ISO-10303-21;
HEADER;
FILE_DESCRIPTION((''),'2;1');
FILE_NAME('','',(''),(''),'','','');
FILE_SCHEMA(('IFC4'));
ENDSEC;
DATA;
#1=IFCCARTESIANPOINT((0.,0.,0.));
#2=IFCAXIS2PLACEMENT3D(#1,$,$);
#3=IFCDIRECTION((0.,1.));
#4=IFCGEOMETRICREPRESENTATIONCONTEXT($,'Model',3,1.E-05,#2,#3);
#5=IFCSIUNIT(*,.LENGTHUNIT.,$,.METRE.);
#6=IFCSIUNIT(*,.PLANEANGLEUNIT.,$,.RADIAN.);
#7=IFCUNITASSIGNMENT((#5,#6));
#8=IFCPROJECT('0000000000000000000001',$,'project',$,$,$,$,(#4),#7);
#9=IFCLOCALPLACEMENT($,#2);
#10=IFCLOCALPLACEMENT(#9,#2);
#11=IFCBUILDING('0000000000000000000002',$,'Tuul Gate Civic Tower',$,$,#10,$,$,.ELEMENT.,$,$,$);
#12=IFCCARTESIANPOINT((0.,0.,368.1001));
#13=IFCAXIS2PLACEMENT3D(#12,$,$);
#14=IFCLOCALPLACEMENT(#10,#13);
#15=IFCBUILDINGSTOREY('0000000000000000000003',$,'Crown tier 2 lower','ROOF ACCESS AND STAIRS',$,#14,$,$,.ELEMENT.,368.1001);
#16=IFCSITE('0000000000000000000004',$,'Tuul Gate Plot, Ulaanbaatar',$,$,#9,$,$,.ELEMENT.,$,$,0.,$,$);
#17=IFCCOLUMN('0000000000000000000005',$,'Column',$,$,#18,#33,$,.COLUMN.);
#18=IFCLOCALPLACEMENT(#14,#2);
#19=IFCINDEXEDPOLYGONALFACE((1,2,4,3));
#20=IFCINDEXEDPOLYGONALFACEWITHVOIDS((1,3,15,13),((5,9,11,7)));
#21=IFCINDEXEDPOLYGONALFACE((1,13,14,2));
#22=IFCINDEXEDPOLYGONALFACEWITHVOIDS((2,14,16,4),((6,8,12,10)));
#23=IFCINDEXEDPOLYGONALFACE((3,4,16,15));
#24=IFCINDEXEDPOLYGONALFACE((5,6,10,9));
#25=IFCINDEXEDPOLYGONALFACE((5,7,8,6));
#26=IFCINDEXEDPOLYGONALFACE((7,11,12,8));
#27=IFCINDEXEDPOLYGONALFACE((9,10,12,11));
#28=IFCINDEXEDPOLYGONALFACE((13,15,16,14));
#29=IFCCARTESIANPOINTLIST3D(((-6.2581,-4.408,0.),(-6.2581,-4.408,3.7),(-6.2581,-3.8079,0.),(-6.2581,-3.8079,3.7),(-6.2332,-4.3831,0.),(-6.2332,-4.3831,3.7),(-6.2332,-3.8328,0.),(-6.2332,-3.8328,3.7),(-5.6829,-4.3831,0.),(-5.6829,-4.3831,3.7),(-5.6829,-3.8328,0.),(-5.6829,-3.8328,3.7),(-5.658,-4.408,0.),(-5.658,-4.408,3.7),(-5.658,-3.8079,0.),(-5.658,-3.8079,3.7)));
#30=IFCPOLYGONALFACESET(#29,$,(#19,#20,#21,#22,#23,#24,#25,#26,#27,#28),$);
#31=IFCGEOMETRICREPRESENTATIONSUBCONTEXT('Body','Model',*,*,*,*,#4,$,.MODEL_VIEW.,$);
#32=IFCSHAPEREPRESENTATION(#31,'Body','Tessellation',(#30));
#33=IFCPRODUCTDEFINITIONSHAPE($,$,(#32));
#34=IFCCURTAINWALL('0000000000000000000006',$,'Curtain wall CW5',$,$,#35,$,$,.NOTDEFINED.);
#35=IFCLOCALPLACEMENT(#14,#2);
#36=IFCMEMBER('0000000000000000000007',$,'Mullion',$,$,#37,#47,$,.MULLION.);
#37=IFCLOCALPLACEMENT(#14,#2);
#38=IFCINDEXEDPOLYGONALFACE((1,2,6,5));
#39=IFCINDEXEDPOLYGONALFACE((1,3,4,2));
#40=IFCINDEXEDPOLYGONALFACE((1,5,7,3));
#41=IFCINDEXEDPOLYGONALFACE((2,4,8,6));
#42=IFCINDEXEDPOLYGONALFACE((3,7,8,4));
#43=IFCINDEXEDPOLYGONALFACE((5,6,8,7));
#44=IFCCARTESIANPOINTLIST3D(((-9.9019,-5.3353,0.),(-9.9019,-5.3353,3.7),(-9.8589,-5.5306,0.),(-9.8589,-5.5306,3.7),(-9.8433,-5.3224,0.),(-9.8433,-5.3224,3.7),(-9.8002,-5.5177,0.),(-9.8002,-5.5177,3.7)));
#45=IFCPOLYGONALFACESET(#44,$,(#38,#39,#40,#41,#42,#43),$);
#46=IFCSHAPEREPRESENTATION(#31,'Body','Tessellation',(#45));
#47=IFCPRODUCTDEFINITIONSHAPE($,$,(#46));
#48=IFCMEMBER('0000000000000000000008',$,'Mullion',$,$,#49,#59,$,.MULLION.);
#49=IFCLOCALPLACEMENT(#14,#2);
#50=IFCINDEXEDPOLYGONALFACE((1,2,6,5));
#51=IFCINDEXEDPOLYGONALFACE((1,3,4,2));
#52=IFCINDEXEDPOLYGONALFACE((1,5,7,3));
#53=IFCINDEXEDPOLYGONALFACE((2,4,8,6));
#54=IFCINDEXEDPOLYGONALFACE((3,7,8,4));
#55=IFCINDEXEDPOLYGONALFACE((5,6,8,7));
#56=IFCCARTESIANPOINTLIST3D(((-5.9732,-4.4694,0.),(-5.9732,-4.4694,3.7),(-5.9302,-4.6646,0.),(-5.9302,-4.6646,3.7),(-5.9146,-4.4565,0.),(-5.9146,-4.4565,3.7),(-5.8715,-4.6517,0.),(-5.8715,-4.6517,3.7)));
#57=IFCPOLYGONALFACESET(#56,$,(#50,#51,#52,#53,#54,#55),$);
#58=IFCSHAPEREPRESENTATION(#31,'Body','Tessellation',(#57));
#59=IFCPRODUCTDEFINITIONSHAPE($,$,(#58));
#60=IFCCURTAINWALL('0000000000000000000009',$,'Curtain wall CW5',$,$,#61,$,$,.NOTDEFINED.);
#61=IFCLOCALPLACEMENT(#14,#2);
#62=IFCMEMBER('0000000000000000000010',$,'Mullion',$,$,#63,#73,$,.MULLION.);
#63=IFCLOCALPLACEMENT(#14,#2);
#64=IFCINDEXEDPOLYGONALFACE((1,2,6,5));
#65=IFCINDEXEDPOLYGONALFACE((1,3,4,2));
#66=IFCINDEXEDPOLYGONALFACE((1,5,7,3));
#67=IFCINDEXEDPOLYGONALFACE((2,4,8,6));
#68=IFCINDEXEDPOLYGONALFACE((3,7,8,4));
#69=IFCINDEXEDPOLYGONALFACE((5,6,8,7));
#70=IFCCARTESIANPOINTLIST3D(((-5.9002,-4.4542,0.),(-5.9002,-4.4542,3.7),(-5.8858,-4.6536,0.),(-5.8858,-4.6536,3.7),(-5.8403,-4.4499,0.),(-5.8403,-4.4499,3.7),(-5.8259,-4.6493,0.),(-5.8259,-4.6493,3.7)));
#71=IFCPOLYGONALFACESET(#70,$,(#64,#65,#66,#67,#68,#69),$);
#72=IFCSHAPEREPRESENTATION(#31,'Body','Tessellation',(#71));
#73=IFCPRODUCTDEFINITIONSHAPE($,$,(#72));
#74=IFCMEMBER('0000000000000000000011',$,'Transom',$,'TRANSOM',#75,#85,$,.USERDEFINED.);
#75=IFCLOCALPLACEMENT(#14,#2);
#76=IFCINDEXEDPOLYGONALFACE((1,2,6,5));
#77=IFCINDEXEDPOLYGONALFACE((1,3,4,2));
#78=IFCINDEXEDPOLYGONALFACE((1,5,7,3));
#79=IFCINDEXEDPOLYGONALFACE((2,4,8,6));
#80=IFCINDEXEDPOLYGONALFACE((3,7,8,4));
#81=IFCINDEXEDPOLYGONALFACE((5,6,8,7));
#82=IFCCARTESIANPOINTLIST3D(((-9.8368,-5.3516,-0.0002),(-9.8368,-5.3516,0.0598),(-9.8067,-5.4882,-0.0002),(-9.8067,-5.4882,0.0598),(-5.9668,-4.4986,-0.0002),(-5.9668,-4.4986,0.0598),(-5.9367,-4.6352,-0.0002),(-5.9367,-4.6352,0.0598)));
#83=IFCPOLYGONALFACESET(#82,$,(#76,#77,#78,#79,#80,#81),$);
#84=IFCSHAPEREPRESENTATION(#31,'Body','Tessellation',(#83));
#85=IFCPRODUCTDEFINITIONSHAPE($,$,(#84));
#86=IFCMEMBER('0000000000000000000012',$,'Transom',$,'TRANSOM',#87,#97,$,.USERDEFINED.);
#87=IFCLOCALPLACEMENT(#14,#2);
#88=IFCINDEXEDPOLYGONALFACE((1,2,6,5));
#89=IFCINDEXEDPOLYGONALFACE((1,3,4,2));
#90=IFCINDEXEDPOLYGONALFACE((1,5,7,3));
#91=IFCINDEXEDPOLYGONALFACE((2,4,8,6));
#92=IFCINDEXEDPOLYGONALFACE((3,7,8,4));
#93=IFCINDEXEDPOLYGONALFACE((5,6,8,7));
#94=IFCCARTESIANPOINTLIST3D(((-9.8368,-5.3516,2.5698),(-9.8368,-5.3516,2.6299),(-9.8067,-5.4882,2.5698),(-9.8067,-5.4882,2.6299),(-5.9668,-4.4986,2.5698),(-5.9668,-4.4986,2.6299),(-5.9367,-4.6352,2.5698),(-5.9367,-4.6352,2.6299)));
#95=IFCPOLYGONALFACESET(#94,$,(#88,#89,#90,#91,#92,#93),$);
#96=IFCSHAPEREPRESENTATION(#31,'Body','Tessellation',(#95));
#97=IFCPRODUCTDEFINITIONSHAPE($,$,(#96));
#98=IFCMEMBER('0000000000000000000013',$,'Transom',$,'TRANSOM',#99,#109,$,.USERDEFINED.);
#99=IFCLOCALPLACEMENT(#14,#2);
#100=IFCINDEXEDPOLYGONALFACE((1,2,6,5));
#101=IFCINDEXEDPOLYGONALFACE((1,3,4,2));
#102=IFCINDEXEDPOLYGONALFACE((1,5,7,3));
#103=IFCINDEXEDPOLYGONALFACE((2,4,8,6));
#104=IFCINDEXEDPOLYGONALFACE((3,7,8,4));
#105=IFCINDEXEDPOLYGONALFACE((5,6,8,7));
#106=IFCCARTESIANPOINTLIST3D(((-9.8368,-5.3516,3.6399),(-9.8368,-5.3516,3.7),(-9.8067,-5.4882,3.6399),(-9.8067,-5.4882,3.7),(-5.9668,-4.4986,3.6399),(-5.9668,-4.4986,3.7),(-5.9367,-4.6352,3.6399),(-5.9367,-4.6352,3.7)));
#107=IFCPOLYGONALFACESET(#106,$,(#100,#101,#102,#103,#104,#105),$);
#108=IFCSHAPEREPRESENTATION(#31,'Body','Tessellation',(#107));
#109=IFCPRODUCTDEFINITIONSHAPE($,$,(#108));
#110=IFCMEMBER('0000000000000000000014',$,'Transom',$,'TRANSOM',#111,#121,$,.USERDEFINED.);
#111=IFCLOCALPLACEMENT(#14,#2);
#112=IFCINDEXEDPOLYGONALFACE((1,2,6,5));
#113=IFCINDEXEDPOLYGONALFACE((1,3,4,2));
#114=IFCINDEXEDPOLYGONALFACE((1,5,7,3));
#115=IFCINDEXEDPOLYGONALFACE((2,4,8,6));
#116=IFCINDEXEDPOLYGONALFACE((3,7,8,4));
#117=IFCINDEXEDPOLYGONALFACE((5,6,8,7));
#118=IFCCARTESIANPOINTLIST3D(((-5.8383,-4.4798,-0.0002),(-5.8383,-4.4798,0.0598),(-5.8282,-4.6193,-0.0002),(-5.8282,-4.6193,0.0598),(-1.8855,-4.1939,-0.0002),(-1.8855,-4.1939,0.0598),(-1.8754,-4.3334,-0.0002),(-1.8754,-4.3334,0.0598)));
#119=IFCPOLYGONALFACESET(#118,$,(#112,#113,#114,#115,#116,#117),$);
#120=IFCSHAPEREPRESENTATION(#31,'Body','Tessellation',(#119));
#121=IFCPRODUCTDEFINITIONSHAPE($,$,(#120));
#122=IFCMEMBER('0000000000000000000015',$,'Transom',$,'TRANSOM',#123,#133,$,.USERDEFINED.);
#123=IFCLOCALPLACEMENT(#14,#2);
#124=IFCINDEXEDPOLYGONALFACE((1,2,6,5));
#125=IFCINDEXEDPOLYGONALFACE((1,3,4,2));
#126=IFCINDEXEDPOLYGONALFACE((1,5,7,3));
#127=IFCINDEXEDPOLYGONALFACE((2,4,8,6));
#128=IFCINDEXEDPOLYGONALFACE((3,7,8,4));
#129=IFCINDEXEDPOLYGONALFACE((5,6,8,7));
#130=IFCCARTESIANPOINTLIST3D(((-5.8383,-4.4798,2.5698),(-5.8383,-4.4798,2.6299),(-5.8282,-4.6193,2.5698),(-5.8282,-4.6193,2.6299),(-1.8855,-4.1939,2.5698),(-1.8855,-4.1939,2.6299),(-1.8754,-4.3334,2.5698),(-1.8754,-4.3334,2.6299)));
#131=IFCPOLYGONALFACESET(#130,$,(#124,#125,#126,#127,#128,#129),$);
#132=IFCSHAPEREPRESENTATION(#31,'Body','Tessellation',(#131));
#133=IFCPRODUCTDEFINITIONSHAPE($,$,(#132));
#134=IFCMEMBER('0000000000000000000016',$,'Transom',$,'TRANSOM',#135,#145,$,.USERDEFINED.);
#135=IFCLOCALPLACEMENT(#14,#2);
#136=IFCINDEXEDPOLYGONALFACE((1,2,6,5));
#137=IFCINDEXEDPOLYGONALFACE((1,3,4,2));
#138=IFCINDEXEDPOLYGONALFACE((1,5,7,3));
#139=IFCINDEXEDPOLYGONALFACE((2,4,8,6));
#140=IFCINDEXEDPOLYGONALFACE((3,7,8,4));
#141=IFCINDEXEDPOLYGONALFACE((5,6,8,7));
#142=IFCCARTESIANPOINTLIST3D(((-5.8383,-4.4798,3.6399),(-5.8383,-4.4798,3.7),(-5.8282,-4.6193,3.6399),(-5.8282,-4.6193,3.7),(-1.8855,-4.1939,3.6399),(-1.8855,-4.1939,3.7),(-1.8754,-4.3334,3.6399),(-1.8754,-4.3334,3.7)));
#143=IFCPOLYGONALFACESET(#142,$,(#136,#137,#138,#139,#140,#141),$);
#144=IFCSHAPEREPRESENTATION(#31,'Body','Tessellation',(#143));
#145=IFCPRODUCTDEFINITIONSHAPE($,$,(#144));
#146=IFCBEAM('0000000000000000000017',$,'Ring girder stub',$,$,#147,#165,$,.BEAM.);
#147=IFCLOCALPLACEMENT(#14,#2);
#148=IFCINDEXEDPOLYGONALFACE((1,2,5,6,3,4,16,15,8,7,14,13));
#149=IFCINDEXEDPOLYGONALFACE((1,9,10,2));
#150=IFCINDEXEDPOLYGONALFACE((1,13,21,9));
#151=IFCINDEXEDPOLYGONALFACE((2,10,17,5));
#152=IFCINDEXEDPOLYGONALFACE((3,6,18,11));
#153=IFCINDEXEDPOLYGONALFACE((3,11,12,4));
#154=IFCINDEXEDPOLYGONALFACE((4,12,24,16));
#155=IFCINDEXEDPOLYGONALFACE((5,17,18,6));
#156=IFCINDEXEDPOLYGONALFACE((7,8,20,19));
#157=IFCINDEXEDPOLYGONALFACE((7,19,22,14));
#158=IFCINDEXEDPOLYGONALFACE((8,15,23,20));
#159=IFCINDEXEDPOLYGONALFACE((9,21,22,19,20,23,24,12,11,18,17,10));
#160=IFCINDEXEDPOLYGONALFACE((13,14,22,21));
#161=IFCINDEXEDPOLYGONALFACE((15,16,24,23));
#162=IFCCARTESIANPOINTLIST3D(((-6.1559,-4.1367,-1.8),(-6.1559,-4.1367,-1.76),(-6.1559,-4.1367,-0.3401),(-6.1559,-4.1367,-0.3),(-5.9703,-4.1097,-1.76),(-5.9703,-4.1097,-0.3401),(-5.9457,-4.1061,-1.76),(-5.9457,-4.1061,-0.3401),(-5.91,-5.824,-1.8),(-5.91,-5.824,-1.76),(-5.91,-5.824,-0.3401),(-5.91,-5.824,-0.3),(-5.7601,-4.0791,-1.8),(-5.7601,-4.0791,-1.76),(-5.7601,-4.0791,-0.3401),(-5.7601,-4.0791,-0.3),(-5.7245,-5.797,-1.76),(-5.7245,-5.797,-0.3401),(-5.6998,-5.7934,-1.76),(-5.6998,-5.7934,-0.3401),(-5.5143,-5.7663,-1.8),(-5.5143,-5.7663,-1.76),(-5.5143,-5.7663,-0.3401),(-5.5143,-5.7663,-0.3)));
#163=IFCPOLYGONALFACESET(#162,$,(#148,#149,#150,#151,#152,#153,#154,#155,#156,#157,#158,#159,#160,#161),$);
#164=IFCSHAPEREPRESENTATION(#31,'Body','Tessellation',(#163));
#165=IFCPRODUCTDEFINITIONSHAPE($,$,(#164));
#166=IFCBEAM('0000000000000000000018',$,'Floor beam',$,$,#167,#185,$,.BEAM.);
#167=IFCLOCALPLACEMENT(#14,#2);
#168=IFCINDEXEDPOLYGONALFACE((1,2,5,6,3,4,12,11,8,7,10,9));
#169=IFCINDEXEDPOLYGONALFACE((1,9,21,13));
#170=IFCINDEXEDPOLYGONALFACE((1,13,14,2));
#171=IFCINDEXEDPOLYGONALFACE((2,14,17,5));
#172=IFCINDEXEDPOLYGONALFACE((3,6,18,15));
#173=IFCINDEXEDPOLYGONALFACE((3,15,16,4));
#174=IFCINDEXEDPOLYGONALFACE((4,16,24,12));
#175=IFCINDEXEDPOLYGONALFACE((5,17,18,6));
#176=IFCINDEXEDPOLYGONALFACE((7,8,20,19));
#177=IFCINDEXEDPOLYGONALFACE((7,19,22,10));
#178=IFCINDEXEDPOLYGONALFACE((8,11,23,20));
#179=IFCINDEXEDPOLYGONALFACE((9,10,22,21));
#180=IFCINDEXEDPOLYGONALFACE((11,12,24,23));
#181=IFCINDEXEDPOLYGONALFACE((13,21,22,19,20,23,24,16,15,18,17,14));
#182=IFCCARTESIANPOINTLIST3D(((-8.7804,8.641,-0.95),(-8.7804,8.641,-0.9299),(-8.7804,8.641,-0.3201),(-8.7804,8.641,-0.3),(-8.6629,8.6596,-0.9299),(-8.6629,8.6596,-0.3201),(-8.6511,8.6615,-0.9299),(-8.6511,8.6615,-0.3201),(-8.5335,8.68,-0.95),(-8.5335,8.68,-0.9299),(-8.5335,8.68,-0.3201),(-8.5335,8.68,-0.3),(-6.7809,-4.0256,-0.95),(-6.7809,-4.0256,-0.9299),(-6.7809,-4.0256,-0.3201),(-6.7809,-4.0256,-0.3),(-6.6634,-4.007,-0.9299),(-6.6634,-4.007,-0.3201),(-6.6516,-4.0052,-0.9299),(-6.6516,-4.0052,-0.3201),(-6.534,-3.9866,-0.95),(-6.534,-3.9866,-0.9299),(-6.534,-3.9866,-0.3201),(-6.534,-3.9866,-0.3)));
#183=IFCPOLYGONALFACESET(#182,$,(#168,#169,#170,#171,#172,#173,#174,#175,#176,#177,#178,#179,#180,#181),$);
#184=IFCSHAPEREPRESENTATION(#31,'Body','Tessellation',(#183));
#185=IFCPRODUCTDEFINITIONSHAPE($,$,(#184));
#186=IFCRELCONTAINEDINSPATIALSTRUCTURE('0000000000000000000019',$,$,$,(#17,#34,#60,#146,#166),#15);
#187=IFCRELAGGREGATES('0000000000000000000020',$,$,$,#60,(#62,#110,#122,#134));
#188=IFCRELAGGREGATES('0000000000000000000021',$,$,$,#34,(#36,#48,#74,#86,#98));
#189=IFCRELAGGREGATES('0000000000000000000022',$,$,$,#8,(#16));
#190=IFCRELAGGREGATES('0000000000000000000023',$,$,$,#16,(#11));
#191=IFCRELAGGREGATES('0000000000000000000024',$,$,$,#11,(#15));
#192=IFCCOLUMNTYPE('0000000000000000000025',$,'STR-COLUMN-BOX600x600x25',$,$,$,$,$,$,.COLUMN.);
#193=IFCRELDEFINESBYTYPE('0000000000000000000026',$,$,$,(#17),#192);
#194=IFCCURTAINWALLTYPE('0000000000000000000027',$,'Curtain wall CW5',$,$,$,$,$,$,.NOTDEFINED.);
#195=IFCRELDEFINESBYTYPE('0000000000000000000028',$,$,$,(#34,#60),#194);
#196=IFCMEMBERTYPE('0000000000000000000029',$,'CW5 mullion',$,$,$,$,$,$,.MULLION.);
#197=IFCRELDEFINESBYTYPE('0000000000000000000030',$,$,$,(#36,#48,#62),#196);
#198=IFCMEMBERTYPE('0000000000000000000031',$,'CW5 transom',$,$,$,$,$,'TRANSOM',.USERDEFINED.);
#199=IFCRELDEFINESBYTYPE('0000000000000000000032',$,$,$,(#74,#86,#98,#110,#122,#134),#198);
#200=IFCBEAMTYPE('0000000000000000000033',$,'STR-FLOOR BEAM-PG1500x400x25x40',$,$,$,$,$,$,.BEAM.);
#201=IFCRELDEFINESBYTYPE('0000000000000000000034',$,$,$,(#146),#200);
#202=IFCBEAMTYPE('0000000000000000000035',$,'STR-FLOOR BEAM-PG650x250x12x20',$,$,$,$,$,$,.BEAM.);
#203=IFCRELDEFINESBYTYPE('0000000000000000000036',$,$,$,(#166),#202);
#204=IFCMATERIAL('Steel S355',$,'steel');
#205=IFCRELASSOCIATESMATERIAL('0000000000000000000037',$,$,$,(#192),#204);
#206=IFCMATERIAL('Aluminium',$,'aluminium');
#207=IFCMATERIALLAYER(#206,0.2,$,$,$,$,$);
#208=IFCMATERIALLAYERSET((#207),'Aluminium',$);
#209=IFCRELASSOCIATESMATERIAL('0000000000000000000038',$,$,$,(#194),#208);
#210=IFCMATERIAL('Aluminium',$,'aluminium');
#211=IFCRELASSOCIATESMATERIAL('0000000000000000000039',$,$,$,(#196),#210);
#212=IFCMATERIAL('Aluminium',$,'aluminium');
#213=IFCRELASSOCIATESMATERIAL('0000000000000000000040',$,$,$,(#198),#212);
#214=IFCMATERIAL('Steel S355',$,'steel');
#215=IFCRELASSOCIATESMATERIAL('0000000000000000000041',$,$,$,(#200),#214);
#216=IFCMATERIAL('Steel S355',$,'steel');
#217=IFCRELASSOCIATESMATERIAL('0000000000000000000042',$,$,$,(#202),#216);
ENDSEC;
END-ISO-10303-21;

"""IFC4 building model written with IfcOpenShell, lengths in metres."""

from ifc_helpers import new_model, si_unit, direction, frame, origin, origin_2d, place, context, subcontext, project, spatial, rectangle, hollow_rectangle, i_section, extrude, material, layer, layer_set, material_profile, profile_set, type_object, element, aggregate, save


model = new_model("IFC4")

# Units and contexts
model_context = context("Model", 3, precision=1e-05, world=origin(), true_north=direction((0.0, 1.0)))
body_context = subcontext(model_context, "Body", "Model", "MODEL_VIEW")
ifc_project = project(units=[si_unit("LENGTHUNIT", "METRE"), si_unit("PLANEANGLEUNIT", "RADIAN")], contexts=[model_context])

# Site, building, storey
site_placement = place(None, origin())
site = spatial("IfcSite", under=ifc_project, at=site_placement, Name="Tuul Gate Plot, Ulaanbaatar", CompositionType="ELEMENT", RefElevation=0.0)
building_placement = place(site_placement, origin())
building = spatial("IfcBuilding", under=site, at=building_placement, Name="Tuul Gate Civic Tower", CompositionType="ELEMENT")
storey_placement = place(building_placement, frame((0.0, 0.0, 368.1001)))
storey = spatial("IfcBuildingStorey", under=building, at=storey_placement, Name="Crown tier 2 lower", Description="ROOF ACCESS AND STAIRS", CompositionType="ELEMENT", Elevation=368.1001)

# Column
ifc_material_1 = material(Name="Steel S355", Category="steel")
ifc_material_profile_1 = material_profile(ifc_material_1, hollow_rectangle(XDim=0.6001, YDim=0.6001, WallThickness=0.0249, at=origin_2d()), Name="BOX600x600x25")
ifc_profile_set_1 = profile_set([ifc_material_profile_1], Name="Steel S355")
column_type = type_object("IfcColumnType", Name="STR-COLUMN-BOX600x600x25", PredefinedType="COLUMN", material=ifc_profile_set_1)
column_placement = place(storey_placement, frame((-5.958, -4.1079, 0.0), z_axis=(0.0, 0.0, 1.0), x_axis=(1.0, 0.0, 0.0)))
element("IfcColumn", 1, at=column_placement, inside=storey, type_object=column_type, Name="Column", PredefinedType="COLUMN", context=body_context, shape_type="SweptSolid", body=[
    extrude(hollow_rectangle(XDim=0.6001, YDim=0.6001, WallThickness=0.0249, at=origin_2d()), origin(), (0.0, 0.0, 1.0), 3.7),
])

# Curtain wall, members
ifc_material_2 = material(Name="Aluminium", Category="aluminium")
ifc_layer_1 = layer(ifc_material_2, 0.2)
ifc_layer_set_1 = layer_set([ifc_layer_1], Name="Aluminium")
curtain_wall_type = type_object("IfcCurtainWallType", Name="Curtain wall CW5", PredefinedType="NOTDEFINED", material=ifc_layer_set_1)
curtain_wall_1_placement = place(storey_placement, origin())
curtain_wall_1 = element("IfcCurtainWall", 2, at=curtain_wall_1_placement, inside=storey, type_object=curtain_wall_type, Name="Curtain wall CW5", PredefinedType="NOTDEFINED")
ifc_material_3 = material(Name="Aluminium", Category="aluminium")
ifc_material_profile_2 = material_profile(ifc_material_3, rectangle(XDim=0.2, YDim=0.0601, at=origin_2d()), Name="CW5 mullion")
ifc_profile_set_2 = profile_set([ifc_material_profile_2], Name="Aluminium")
member_type_1 = type_object("IfcMemberType", Name="CW5 mullion", PredefinedType="MULLION", material=ifc_profile_set_2)
member_1_placement = place(storey_placement, frame((-9.8511, -5.4265, 0.0), z_axis=(0.0, 0.0, 1.0), x_axis=(-0.215271, 0.976554, 0.0)))
member_1 = element("IfcMember", 3, at=member_1_placement, type_object=member_type_1, Name="Mullion", PredefinedType="MULLION", context=body_context, shape_type="SweptSolid", body=[
    extrude(rectangle(XDim=0.2, YDim=0.0601, at=origin_2d()), origin(), (0.0, 0.0, 1.0), 3.7),
])
member_2_placement = place(storey_placement, frame((-5.9224, -4.5605, 0.0), z_axis=(0.0, 0.0, 1.0), x_axis=(-0.215271, 0.976554, 0.0)))
member_2 = element("IfcMember", 4, at=member_2_placement, type_object=member_type_1, Name="Mullion", PredefinedType="MULLION", context=body_context, shape_type="SweptSolid", body=[
    extrude(rectangle(XDim=0.2, YDim=0.0601, at=origin_2d()), origin(), (0.0, 0.0, 1.0), 3.7),
])

# Curtain wall, member
curtain_wall_2_placement = place(storey_placement, origin())
curtain_wall_2 = element("IfcCurtainWall", 5, at=curtain_wall_2_placement, inside=storey, type_object=curtain_wall_type, Name="Curtain wall CW5", PredefinedType="NOTDEFINED")
member_3_placement = place(storey_placement, frame((-5.863, -4.5518, 0.0), z_axis=(0.0, 0.0, 1.0), x_axis=(-0.072168, 0.997393, 0.0)))
member_3 = element("IfcMember", 6, at=member_3_placement, type_object=member_type_1, Name="Mullion", PredefinedType="MULLION", context=body_context, shape_type="SweptSolid", body=[
    extrude(rectangle(XDim=0.2, YDim=0.0601, at=origin_2d()), origin(), (0.0, 0.0, 1.0), 3.7),
])

# Members
ifc_material_4 = material(Name="Aluminium", Category="aluminium")
ifc_material_profile_3 = material_profile(ifc_material_4, rectangle(XDim=0.1399, YDim=0.0601, at=origin_2d()), Name="CW5 transom")
ifc_profile_set_3 = profile_set([ifc_material_profile_3], Name="Aluminium")
member_type_2 = type_object("IfcMemberType", Name="CW5 transom", ElementType="TRANSOM", PredefinedType="USERDEFINED", material=ifc_profile_set_3)
member_4_placement = place(storey_placement, frame((-9.8218, -5.4199, 0.0298), z_axis=(0.97656, 0.215247, 0.0), x_axis=(-0.215247, 0.97656, 0.0)))
member_4 = element("IfcMember", 7, at=member_4_placement, type_object=member_type_2, Name="Transom", ObjectType="TRANSOM", PredefinedType="USERDEFINED", context=body_context, shape_type="SweptSolid", body=[
    extrude(rectangle(XDim=0.1399, YDim=0.0601, at=origin_2d()), origin(), (0.0, 0.0, 1.0), 3.9629),
])
member_5_placement = place(storey_placement, frame((-9.8218, -5.4199, 2.5999), z_axis=(0.97656, 0.215247, 0.0), x_axis=(-0.215247, 0.97656, 0.0)))
member_5 = element("IfcMember", 8, at=member_5_placement, type_object=member_type_2, Name="Transom", ObjectType="TRANSOM", PredefinedType="USERDEFINED", context=body_context, shape_type="SweptSolid", body=[
    extrude(rectangle(XDim=0.1399, YDim=0.0601, at=origin_2d()), origin(), (0.0, 0.0, 1.0), 3.9629),
])
member_6_placement = place(storey_placement, frame((-9.8218, -5.4199, 3.6699), z_axis=(0.97656, 0.215247, 0.0), x_axis=(-0.215247, 0.97656, 0.0)))
member_6 = element("IfcMember", 9, at=member_6_placement, type_object=member_type_2, Name="Transom", ObjectType="TRANSOM", PredefinedType="USERDEFINED", context=body_context, shape_type="SweptSolid", body=[
    extrude(rectangle(XDim=0.1399, YDim=0.0601, at=origin_2d()), origin(), (0.0, 0.0, 1.0), 3.9629),
])
member_7_placement = place(storey_placement, frame((-5.8333, -4.5496, 0.0298), z_axis=(0.997395, 0.072136, 0.0), x_axis=(-0.072136, 0.997395, 0.0)))
member_7 = element("IfcMember", 10, at=member_7_placement, type_object=member_type_2, Name="Transom", ObjectType="TRANSOM", PredefinedType="USERDEFINED", context=body_context, shape_type="SweptSolid", body=[
    extrude(rectangle(XDim=0.1399, YDim=0.0601, at=origin_2d()), origin(), (0.0, 0.0, 1.0), 3.9631),
])
member_8_placement = place(storey_placement, frame((-5.8333, -4.5496, 2.5999), z_axis=(0.997395, 0.072136, 0.0), x_axis=(-0.072136, 0.997395, 0.0)))
member_8 = element("IfcMember", 11, at=member_8_placement, type_object=member_type_2, Name="Transom", ObjectType="TRANSOM", PredefinedType="USERDEFINED", context=body_context, shape_type="SweptSolid", body=[
    extrude(rectangle(XDim=0.1399, YDim=0.0601, at=origin_2d()), origin(), (0.0, 0.0, 1.0), 3.9631),
])
member_9_placement = place(storey_placement, frame((-5.8333, -4.5496, 3.6699), z_axis=(0.997395, 0.072136, 0.0), x_axis=(-0.072136, 0.997395, 0.0)))
member_9 = element("IfcMember", 12, at=member_9_placement, type_object=member_type_2, Name="Transom", ObjectType="TRANSOM", PredefinedType="USERDEFINED", context=body_context, shape_type="SweptSolid", body=[
    extrude(rectangle(XDim=0.1399, YDim=0.0601, at=origin_2d()), origin(), (0.0, 0.0, 1.0), 3.9631),
])
aggregate(curtain_wall_2, [member_3, member_7, member_8, member_9])

# Beams
ifc_material_5 = material(Name="Steel S355", Category="steel")
ifc_material_profile_4 = material_profile(ifc_material_5, i_section(OverallWidth=0.3999, OverallDepth=1.5, WebThickness=0.0249, FlangeThickness=0.04, at=origin_2d()), Name="PG1500x400x25x40")
ifc_profile_set_4 = profile_set([ifc_material_profile_4], Name="Steel S355")
beam_type_1 = type_object("IfcBeamType", Name="STR-FLOOR BEAM-PG1500x400x25x40", PredefinedType="BEAM", material=ifc_profile_set_4)
beam_1_placement = place(storey_placement, frame((-5.7122, -5.7952, -1.05), z_axis=(-0.144187, 0.98955, 0.0), x_axis=(-0.98955, -0.144187, 0.0)))
element("IfcBeam", 13, at=beam_1_placement, inside=storey, type_object=beam_type_1, Name="Ring girder stub", PredefinedType="BEAM", context=body_context, shape_type="SweptSolid", body=[
    extrude(i_section(OverallWidth=0.3999, OverallDepth=1.5, WebThickness=0.0249, FlangeThickness=0.04, at=origin_2d()), origin(), (0.0, 0.0, 1.0), 1.7051),
])
ifc_material_6 = material(Name="Steel S355", Category="steel")
ifc_material_profile_5 = material_profile(ifc_material_6, i_section(OverallWidth=0.25, OverallDepth=0.6499, WebThickness=0.012, FlangeThickness=0.02, at=origin_2d()), Name="PG650x250x12x20")
ifc_profile_set_5 = profile_set([ifc_material_profile_5], Name="Steel S355")
beam_type_2 = type_object("IfcBeamType", Name="STR-FLOOR BEAM-PG650x250x12x20", PredefinedType="BEAM", material=ifc_profile_set_5)
beam_2_placement = place(storey_placement, frame((-6.6575, -4.0061, -0.625), z_axis=(-0.155924, 0.987769, 0.0), x_axis=(-0.987769, -0.155924, 0.0)))
element("IfcBeam", 14, at=beam_2_placement, inside=storey, type_object=beam_type_2, Name="Floor beam", PredefinedType="BEAM", context=body_context, shape_type="SweptSolid", body=[
    extrude(i_section(OverallWidth=0.25, OverallDepth=0.6499, WebThickness=0.012, FlangeThickness=0.02, at=origin_2d()), origin(), (0.0, 0.0, 1.0), 12.8235),
])

aggregate(curtain_wall_1, [member_1, member_2, member_4, member_5, member_6])

save(model, "model.ifc")
